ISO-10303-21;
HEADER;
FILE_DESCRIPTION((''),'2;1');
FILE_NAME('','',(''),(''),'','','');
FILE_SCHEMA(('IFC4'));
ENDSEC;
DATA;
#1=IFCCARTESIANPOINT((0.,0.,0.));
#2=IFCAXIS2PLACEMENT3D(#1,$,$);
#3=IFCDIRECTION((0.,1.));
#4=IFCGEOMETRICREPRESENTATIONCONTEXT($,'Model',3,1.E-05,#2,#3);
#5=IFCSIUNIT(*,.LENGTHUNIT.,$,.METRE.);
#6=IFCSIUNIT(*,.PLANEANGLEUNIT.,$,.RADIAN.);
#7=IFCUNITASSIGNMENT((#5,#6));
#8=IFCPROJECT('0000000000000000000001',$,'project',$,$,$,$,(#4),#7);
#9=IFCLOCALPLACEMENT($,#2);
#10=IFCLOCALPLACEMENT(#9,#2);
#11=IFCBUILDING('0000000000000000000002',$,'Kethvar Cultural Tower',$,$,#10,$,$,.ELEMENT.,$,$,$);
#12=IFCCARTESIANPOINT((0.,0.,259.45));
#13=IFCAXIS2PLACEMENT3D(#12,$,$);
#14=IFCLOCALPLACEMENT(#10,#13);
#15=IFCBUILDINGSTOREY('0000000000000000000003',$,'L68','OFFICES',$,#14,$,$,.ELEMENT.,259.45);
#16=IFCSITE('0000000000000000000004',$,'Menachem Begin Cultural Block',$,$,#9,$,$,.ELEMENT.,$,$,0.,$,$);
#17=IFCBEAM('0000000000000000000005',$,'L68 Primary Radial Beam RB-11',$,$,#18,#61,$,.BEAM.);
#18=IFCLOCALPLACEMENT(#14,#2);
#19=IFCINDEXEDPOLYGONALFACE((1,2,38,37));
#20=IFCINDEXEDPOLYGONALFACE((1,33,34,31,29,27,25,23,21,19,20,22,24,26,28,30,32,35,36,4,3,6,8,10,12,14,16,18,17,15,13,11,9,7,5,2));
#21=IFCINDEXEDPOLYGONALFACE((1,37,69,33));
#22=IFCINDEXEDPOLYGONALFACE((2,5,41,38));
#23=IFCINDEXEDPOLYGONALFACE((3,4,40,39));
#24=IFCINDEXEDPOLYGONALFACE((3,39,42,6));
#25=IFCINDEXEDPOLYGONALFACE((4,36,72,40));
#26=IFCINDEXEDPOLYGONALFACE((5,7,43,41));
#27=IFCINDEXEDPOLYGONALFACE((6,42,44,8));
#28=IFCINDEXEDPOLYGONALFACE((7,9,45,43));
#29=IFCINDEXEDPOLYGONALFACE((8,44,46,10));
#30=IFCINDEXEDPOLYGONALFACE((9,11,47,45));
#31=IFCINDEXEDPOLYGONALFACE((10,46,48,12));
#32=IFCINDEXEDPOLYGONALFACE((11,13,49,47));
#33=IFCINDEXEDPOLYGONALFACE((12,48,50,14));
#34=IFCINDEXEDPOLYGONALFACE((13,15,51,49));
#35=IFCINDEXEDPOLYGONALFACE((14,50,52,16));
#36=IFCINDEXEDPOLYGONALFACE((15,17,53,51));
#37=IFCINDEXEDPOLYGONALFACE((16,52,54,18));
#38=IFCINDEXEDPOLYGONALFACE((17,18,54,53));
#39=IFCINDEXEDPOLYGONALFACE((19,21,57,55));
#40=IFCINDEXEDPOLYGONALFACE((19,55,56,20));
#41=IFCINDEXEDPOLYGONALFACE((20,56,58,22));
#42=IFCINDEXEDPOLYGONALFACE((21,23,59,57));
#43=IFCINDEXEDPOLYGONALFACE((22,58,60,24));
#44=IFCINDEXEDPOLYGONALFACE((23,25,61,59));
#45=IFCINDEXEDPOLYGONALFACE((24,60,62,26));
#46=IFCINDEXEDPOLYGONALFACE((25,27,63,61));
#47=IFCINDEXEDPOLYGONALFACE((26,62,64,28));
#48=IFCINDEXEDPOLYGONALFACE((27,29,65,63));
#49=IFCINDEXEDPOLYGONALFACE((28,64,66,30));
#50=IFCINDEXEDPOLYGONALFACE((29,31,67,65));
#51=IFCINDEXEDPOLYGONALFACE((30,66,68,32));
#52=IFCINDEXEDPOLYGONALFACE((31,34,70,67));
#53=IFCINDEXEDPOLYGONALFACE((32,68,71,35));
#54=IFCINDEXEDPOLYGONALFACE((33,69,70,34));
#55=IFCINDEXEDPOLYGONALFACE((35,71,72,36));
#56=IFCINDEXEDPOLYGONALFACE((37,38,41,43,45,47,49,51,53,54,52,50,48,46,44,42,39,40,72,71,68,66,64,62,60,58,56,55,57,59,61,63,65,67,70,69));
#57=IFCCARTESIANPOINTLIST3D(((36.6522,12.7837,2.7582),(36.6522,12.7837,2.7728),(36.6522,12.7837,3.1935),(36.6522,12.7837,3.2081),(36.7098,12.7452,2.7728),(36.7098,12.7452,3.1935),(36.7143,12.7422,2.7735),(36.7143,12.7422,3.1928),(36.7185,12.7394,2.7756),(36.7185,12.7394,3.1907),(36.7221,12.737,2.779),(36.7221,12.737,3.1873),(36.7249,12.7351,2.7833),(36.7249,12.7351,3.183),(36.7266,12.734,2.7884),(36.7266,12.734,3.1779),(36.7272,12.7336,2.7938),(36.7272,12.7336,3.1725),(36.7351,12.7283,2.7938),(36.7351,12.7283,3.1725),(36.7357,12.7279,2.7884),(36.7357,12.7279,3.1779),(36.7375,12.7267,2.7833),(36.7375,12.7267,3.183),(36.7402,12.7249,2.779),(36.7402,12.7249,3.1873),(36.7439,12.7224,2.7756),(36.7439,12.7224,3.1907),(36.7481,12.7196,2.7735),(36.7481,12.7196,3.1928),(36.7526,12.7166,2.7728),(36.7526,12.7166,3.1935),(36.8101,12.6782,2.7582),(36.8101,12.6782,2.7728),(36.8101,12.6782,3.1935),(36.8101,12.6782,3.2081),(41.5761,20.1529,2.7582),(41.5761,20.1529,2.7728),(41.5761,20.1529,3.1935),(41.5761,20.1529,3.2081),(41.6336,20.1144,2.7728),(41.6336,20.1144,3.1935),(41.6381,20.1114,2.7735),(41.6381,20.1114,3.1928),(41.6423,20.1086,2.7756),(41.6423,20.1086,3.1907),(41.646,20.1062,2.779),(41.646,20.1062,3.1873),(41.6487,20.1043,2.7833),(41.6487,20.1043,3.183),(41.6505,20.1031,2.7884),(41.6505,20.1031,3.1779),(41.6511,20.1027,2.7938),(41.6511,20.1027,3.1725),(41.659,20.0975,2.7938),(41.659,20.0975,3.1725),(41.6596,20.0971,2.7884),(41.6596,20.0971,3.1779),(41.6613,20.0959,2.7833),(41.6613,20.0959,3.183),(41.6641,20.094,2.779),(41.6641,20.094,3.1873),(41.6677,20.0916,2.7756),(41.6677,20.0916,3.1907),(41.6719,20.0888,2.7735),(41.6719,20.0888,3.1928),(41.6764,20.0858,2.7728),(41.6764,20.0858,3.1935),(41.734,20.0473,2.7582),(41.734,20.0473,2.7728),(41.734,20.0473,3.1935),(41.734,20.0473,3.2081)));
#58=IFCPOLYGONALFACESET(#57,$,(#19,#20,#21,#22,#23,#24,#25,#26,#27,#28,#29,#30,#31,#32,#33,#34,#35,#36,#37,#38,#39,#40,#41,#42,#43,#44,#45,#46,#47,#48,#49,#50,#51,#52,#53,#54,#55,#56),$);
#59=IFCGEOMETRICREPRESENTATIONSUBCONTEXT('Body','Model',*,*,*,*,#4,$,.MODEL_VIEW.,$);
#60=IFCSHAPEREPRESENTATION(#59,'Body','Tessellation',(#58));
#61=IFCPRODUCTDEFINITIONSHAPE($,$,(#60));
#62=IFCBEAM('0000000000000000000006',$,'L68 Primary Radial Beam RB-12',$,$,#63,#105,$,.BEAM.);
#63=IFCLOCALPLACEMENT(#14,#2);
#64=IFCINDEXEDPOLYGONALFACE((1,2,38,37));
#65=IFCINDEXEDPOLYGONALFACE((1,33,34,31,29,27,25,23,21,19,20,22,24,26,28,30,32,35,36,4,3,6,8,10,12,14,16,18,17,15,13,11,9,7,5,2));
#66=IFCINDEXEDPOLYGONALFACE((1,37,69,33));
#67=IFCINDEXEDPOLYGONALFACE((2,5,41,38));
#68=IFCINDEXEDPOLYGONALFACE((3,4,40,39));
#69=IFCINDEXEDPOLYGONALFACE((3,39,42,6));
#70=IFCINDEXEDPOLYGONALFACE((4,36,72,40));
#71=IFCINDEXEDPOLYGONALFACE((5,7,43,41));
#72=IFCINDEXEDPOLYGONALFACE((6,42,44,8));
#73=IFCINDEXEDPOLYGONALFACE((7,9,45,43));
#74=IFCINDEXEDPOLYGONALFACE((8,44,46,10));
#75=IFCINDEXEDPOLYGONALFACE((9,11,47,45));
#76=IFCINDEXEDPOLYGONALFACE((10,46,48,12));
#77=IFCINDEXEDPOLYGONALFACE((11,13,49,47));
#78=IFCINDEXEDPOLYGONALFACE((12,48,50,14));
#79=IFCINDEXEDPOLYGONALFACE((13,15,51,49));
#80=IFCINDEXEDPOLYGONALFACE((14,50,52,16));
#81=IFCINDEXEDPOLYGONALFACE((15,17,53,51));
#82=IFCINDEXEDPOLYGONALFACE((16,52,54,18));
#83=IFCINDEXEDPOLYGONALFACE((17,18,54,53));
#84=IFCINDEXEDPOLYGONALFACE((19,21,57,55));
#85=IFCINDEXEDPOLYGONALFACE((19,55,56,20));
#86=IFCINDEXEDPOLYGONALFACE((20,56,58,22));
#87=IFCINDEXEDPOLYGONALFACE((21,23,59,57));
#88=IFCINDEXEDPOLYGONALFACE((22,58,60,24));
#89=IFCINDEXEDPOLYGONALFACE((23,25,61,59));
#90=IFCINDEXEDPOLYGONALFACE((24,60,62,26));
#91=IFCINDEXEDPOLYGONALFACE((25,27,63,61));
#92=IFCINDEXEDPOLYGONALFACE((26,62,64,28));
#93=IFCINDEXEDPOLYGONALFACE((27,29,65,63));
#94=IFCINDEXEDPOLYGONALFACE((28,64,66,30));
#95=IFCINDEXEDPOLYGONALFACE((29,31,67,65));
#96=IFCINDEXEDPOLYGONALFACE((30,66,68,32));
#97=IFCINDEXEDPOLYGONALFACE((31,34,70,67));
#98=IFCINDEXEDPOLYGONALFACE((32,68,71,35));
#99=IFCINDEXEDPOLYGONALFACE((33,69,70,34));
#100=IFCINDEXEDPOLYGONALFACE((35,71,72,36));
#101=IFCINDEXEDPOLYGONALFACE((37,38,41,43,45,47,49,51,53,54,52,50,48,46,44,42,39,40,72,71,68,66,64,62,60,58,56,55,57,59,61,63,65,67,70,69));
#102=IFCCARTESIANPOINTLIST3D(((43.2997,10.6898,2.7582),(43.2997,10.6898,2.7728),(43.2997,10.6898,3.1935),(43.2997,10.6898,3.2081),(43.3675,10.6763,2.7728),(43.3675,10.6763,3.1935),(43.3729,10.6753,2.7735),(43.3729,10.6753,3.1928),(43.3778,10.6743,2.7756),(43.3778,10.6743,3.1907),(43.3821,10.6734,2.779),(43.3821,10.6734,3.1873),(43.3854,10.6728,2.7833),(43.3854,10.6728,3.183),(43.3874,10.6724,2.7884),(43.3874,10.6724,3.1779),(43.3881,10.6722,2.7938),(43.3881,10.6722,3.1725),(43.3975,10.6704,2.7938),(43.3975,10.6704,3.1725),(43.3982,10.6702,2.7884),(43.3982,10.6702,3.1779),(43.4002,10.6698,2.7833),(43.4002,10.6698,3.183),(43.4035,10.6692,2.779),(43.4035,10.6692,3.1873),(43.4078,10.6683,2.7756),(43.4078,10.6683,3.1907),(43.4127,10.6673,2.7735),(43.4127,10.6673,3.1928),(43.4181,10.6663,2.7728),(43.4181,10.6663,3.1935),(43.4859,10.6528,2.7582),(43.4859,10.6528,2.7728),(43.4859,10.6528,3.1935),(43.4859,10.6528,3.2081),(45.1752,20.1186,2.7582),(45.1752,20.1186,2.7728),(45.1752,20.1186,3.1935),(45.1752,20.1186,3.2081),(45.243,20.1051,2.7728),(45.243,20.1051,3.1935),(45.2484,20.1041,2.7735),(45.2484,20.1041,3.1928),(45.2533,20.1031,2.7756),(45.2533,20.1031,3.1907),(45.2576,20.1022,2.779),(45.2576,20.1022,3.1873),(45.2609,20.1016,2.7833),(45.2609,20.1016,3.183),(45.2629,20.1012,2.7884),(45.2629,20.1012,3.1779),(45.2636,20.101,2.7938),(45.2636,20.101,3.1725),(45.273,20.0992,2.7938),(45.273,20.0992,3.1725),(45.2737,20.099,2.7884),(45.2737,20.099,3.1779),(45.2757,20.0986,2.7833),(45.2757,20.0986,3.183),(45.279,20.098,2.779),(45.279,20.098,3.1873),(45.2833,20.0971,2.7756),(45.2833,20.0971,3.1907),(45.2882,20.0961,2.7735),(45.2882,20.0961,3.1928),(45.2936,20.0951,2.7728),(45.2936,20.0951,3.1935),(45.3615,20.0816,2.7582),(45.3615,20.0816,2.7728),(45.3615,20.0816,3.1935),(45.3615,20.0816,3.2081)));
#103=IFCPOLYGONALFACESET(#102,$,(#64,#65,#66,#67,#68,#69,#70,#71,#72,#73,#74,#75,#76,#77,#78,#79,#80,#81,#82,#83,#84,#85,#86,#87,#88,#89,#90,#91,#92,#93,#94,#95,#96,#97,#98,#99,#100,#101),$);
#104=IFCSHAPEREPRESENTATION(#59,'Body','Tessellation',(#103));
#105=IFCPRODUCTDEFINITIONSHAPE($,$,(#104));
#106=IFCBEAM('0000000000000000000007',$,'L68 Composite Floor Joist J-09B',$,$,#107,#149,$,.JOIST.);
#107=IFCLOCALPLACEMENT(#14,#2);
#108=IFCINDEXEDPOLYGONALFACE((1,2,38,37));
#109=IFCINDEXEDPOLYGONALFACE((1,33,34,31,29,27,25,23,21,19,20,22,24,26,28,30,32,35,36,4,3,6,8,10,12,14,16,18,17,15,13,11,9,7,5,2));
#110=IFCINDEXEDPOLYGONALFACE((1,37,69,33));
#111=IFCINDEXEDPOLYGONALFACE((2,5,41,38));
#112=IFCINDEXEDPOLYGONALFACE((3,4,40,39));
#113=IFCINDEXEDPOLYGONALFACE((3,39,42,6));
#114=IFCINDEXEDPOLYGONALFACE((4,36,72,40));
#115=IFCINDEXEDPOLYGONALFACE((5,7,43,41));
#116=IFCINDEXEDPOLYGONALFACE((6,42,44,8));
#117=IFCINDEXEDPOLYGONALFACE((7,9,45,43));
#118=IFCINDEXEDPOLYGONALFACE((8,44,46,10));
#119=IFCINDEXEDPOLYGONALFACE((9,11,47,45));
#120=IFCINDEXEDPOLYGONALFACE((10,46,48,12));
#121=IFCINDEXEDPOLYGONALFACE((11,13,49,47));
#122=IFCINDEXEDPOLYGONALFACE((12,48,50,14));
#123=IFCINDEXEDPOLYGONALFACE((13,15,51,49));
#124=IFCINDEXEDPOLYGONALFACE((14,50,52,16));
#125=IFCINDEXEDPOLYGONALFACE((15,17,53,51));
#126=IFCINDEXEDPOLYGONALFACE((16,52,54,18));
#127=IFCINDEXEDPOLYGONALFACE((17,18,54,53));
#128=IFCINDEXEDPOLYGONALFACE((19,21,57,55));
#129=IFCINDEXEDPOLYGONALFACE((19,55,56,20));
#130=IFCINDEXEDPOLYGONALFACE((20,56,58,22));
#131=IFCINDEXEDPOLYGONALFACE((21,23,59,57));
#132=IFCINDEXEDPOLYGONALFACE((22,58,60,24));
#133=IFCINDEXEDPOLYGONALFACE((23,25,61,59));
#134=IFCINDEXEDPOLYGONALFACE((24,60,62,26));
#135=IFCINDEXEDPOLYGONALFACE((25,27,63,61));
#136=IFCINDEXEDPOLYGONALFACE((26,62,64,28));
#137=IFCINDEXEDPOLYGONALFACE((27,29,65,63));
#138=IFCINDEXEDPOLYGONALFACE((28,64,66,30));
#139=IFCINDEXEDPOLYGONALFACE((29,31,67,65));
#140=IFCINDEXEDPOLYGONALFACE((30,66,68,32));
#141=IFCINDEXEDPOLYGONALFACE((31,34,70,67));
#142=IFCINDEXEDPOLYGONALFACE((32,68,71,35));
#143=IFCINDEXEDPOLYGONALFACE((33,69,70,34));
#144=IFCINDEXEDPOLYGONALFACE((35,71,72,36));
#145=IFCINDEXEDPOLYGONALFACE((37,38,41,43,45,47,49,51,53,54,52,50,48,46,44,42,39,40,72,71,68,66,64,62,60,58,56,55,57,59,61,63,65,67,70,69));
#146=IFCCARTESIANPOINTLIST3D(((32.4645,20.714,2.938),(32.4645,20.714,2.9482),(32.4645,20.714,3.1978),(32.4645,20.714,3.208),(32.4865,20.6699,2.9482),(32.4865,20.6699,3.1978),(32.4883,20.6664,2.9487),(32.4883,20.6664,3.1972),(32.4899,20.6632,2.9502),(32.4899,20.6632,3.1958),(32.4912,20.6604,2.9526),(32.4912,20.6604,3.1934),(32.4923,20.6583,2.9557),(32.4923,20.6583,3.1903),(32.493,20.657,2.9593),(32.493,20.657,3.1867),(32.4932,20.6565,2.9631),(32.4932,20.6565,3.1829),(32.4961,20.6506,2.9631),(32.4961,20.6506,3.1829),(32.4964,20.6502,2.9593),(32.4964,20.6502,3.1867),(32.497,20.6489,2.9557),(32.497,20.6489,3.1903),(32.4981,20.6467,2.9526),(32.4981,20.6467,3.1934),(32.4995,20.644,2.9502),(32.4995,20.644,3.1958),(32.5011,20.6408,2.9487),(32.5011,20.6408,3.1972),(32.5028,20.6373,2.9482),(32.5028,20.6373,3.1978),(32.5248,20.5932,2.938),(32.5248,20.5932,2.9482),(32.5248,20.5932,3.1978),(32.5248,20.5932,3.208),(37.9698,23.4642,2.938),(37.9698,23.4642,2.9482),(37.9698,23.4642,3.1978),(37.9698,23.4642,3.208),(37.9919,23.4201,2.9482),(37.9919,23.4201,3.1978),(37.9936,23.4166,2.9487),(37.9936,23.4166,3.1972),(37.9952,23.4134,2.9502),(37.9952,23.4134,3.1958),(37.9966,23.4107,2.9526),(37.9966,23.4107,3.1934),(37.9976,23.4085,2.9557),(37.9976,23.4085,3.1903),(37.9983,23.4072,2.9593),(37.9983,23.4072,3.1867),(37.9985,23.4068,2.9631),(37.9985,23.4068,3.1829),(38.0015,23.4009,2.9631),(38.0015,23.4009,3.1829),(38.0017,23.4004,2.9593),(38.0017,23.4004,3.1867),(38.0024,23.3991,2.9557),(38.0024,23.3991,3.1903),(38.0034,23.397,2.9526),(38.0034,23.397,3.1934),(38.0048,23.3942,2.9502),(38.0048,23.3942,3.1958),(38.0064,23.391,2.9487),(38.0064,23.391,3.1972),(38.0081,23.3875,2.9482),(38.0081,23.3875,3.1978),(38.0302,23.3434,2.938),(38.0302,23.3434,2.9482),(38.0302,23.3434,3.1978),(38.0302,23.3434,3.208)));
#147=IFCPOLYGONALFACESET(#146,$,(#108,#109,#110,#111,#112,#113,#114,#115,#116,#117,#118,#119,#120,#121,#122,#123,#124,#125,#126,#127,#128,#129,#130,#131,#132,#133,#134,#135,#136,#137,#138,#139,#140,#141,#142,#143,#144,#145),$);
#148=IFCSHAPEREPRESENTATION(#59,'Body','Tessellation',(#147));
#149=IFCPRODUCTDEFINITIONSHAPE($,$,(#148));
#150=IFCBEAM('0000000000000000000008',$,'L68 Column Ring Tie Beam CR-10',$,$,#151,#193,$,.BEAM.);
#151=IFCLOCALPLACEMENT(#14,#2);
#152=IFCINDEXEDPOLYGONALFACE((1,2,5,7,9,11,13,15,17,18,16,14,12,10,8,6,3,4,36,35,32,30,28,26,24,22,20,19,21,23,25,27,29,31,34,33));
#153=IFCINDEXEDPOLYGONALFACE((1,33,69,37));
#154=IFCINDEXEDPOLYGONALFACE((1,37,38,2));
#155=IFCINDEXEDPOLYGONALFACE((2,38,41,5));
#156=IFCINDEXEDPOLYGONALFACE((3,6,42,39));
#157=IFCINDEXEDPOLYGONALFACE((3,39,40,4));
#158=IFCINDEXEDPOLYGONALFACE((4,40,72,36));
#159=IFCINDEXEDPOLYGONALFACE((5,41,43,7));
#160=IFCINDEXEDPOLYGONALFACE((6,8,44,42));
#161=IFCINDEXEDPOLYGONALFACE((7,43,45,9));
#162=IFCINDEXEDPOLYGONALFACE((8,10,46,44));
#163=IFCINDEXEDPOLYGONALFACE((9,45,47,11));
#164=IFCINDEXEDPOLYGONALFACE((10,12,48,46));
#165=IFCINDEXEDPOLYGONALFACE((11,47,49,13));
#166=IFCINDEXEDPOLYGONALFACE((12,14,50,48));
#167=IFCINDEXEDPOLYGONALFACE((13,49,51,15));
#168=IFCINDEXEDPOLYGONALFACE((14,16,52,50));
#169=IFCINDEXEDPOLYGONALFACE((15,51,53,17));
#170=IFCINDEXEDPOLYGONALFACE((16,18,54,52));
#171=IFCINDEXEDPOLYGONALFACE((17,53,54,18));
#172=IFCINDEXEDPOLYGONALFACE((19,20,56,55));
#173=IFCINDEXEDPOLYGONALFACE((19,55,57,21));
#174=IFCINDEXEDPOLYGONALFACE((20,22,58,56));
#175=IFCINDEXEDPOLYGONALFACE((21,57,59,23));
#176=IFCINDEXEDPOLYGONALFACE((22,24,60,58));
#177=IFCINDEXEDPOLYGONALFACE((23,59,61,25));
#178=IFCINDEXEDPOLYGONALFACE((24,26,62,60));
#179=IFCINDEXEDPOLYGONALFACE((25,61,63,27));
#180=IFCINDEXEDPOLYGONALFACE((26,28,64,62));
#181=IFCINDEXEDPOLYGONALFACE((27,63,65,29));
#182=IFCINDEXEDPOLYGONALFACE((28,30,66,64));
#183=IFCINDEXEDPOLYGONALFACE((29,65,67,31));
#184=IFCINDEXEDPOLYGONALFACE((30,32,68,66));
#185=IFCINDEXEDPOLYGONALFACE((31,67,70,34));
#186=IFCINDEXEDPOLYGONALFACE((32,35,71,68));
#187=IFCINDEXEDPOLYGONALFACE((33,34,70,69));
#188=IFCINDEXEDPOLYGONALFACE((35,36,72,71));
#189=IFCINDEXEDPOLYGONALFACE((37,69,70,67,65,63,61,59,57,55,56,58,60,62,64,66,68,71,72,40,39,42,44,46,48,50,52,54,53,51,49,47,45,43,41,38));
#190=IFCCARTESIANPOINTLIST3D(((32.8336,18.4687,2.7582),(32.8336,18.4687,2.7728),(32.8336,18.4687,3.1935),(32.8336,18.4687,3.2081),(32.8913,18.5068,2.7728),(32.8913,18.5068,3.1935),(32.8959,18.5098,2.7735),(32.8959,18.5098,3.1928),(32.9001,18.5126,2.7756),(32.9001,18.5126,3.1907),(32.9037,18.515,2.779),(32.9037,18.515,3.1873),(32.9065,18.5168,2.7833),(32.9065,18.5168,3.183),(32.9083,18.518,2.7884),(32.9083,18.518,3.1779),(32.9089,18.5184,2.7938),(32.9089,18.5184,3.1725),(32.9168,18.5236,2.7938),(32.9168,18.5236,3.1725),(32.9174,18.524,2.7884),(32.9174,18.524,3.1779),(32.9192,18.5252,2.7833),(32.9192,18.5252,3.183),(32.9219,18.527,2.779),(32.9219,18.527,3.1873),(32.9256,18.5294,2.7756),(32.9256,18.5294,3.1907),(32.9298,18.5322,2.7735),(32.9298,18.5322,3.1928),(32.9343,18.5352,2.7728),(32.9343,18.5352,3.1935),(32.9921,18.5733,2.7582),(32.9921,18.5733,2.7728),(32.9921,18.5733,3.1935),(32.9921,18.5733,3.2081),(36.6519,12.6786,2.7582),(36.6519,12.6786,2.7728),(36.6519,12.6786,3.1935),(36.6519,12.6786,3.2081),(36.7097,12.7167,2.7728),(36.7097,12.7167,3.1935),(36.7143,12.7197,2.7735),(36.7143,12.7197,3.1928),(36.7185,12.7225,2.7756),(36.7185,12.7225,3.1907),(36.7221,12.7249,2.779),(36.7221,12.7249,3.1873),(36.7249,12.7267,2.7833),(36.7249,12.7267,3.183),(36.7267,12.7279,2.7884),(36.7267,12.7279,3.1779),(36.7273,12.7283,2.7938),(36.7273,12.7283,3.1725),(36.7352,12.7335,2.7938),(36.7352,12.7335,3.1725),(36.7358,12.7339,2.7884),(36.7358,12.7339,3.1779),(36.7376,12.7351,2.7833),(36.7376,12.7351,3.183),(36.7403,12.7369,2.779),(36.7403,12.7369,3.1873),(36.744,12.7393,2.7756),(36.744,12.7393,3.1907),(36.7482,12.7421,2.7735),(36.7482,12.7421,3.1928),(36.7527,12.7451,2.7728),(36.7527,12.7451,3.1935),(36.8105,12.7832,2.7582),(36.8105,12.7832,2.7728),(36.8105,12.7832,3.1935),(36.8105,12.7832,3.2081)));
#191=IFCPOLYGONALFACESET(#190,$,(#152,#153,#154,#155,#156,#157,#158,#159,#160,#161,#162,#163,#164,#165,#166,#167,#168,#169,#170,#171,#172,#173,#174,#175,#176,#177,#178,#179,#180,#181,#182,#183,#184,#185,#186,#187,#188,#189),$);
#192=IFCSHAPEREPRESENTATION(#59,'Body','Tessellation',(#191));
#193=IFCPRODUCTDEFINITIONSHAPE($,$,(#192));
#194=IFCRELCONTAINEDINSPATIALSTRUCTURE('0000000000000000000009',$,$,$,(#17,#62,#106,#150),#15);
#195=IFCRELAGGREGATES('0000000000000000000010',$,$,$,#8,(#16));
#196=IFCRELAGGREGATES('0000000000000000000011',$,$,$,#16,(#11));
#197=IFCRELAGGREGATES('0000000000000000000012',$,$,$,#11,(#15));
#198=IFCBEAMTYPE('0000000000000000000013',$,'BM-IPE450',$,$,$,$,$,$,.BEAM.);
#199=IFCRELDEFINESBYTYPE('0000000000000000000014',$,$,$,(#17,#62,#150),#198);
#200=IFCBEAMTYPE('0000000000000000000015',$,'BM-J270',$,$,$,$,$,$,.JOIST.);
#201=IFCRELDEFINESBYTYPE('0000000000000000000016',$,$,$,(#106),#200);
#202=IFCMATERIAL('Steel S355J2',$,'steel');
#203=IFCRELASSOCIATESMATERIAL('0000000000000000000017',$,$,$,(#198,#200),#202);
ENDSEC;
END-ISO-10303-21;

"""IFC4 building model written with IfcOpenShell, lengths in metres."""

from ifc_helpers import new_model, si_unit, direction, frame, origin, origin_2d, place, context, subcontext, project, spatial, i_section, extrude, source, transform, mapped, material, material_profile, profile_set, type_object, element, save


model = new_model("IFC4")

# Units and contexts
model_context = context("Model", 3, precision=1e-05, world=origin(), true_north=direction((0.0, 1.0)))
body_context = subcontext(model_context, "Body", "Model", "MODEL_VIEW")
ifc_project = project(units=[si_unit("LENGTHUNIT", "METRE"), si_unit("PLANEANGLEUNIT", "RADIAN")], contexts=[model_context])

# Site, building, storey
site_placement = place(None, origin())
site = spatial("IfcSite", under=ifc_project, at=site_placement, Name="Menachem Begin Cultural Block", CompositionType="ELEMENT", RefElevation=0.0)
building_placement = place(site_placement, origin())
building = spatial("IfcBuilding", under=site, at=building_placement, Name="Kethvar Cultural Tower", CompositionType="ELEMENT")
storey_placement = place(building_placement, frame((0.0, 0.0, 259.45)))
storey = spatial("IfcBuildingStorey", under=building, at=storey_placement, Name="L68", Description="OFFICES", CompositionType="ELEMENT", Elevation=259.45)

# Beams
ifc_material_1 = material(Name="Steel S355J2", Category="steel")
ifc_material_profile_1 = material_profile(ifc_material_1, i_section(OverallWidth=0.1899, OverallDepth=0.45, WebThickness=0.0095, FlangeThickness=0.0146, FilletRadius=0.021, at=origin_2d()), Name="Steel S355J2 — IPE450")
ifc_profile_set_1 = profile_set([ifc_material_profile_1], Name="Steel S355J2 — IPE450")
beam_type_1 = type_object("IfcBeamType", Name="BM-IPE450", PredefinedType="BEAM", material=ifc_profile_set_1)
shared_shape_1 = source(origin(), body_context, "Body", "SweptSolid", [
    extrude(i_section(OverallWidth=0.1899, OverallDepth=0.45, WebThickness=0.0095, FlangeThickness=0.0146, FilletRadius=0.021, at=origin_2d()), origin(), (0.0, 0.0, 1.0), 8.8628),
])
beam_1_placement = place(storey_placement, frame((41.655, 20.1001, 2.9832), z_axis=(-0.555564, -0.831473, 0.0), x_axis=(0.831473, -0.555564, 0.0)))
element("IfcBeam", 1, at=beam_1_placement, inside=storey, type_object=beam_type_1, Name="L68 Primary Radial Beam RB-11", PredefinedType="BEAM", context=body_context, shape_type="MappedRepresentation", body=[
    mapped(shared_shape_1, transform((0.0, 0.0, 0.0), scale=1.0)),
])
shared_shape_2 = source(origin(), body_context, "Body", "SweptSolid", [
    extrude(i_section(OverallWidth=0.1899, OverallDepth=0.45, WebThickness=0.0095, FlangeThickness=0.0146, FilletRadius=0.021, at=origin_2d()), origin(), (0.0, 0.0, 1.0), 9.6135),
])
beam_2_placement = place(storey_placement, frame((45.2683, 20.1001, 2.9832), z_axis=(-0.19509, -0.980785, 0.0), x_axis=(0.980785, -0.19509, 0.0)))
element("IfcBeam", 2, at=beam_2_placement, inside=storey, type_object=beam_type_1, Name="L68 Primary Radial Beam RB-12", PredefinedType="BEAM", context=body_context, shape_type="MappedRepresentation", body=[
    mapped(shared_shape_2, transform((0.0, 0.0, 0.0), scale=1.0)),
])
ifc_material_profile_2 = material_profile(ifc_material_1, i_section(OverallWidth=0.135, OverallDepth=0.27, WebThickness=0.0066, FlangeThickness=0.0103, FilletRadius=0.0149, at=origin_2d()), Name="Steel S355J2 — IPE270")
ifc_profile_set_2 = profile_set([ifc_material_profile_2], Name="Steel S355J2 — IPE270")
beam_type_2 = type_object("IfcBeamType", Name="BM-J270", PredefinedType="JOIST", material=ifc_profile_set_2)
shared_shape_3 = source(origin(), body_context, "Body", "SweptSolid", [
    extrude(i_section(OverallWidth=0.135, OverallDepth=0.27, WebThickness=0.0066, FlangeThickness=0.0103, FilletRadius=0.0149, at=origin_2d()), origin(), (0.0, 0.0, 1.0), 6.1541),
])
beam_3_placement = place(storey_placement, frame((38.0, 23.4038, 3.073), z_axis=(-0.894586, -0.446896, 0.0), x_axis=(0.446896, -0.894586, 0.0)))
element("IfcBeam", 3, at=beam_3_placement, inside=storey, type_object=beam_type_2, Name="L68 Composite Floor Joist J-09B", PredefinedType="JOIST", context=body_context, shape_type="MappedRepresentation", body=[
    mapped(shared_shape_3, transform((0.0, 0.0, 0.0), scale=1.0)),
])
shared_shape_4 = source(origin(), body_context, "Body", "SweptSolid", [
    extrude(i_section(OverallWidth=0.1899, OverallDepth=0.45, WebThickness=0.0095, FlangeThickness=0.0146, FilletRadius=0.021, at=origin_2d()), origin(), (0.0, 0.0, 1.0), 6.9358),
])
beam_4_placement = place(storey_placement, frame((32.9128, 18.521, 2.9832), z_axis=(0.550534, -0.834813, 0.0), x_axis=(0.834813, 0.550534, 0.0)))
element("IfcBeam", 4, at=beam_4_placement, inside=storey, type_object=beam_type_1, Name="L68 Column Ring Tie Beam CR-10", PredefinedType="BEAM", context=body_context, shape_type="MappedRepresentation", body=[
    mapped(shared_shape_4, transform((0.0, 0.0, 0.0), scale=1.0)),
])

save(model, "model.ifc")
